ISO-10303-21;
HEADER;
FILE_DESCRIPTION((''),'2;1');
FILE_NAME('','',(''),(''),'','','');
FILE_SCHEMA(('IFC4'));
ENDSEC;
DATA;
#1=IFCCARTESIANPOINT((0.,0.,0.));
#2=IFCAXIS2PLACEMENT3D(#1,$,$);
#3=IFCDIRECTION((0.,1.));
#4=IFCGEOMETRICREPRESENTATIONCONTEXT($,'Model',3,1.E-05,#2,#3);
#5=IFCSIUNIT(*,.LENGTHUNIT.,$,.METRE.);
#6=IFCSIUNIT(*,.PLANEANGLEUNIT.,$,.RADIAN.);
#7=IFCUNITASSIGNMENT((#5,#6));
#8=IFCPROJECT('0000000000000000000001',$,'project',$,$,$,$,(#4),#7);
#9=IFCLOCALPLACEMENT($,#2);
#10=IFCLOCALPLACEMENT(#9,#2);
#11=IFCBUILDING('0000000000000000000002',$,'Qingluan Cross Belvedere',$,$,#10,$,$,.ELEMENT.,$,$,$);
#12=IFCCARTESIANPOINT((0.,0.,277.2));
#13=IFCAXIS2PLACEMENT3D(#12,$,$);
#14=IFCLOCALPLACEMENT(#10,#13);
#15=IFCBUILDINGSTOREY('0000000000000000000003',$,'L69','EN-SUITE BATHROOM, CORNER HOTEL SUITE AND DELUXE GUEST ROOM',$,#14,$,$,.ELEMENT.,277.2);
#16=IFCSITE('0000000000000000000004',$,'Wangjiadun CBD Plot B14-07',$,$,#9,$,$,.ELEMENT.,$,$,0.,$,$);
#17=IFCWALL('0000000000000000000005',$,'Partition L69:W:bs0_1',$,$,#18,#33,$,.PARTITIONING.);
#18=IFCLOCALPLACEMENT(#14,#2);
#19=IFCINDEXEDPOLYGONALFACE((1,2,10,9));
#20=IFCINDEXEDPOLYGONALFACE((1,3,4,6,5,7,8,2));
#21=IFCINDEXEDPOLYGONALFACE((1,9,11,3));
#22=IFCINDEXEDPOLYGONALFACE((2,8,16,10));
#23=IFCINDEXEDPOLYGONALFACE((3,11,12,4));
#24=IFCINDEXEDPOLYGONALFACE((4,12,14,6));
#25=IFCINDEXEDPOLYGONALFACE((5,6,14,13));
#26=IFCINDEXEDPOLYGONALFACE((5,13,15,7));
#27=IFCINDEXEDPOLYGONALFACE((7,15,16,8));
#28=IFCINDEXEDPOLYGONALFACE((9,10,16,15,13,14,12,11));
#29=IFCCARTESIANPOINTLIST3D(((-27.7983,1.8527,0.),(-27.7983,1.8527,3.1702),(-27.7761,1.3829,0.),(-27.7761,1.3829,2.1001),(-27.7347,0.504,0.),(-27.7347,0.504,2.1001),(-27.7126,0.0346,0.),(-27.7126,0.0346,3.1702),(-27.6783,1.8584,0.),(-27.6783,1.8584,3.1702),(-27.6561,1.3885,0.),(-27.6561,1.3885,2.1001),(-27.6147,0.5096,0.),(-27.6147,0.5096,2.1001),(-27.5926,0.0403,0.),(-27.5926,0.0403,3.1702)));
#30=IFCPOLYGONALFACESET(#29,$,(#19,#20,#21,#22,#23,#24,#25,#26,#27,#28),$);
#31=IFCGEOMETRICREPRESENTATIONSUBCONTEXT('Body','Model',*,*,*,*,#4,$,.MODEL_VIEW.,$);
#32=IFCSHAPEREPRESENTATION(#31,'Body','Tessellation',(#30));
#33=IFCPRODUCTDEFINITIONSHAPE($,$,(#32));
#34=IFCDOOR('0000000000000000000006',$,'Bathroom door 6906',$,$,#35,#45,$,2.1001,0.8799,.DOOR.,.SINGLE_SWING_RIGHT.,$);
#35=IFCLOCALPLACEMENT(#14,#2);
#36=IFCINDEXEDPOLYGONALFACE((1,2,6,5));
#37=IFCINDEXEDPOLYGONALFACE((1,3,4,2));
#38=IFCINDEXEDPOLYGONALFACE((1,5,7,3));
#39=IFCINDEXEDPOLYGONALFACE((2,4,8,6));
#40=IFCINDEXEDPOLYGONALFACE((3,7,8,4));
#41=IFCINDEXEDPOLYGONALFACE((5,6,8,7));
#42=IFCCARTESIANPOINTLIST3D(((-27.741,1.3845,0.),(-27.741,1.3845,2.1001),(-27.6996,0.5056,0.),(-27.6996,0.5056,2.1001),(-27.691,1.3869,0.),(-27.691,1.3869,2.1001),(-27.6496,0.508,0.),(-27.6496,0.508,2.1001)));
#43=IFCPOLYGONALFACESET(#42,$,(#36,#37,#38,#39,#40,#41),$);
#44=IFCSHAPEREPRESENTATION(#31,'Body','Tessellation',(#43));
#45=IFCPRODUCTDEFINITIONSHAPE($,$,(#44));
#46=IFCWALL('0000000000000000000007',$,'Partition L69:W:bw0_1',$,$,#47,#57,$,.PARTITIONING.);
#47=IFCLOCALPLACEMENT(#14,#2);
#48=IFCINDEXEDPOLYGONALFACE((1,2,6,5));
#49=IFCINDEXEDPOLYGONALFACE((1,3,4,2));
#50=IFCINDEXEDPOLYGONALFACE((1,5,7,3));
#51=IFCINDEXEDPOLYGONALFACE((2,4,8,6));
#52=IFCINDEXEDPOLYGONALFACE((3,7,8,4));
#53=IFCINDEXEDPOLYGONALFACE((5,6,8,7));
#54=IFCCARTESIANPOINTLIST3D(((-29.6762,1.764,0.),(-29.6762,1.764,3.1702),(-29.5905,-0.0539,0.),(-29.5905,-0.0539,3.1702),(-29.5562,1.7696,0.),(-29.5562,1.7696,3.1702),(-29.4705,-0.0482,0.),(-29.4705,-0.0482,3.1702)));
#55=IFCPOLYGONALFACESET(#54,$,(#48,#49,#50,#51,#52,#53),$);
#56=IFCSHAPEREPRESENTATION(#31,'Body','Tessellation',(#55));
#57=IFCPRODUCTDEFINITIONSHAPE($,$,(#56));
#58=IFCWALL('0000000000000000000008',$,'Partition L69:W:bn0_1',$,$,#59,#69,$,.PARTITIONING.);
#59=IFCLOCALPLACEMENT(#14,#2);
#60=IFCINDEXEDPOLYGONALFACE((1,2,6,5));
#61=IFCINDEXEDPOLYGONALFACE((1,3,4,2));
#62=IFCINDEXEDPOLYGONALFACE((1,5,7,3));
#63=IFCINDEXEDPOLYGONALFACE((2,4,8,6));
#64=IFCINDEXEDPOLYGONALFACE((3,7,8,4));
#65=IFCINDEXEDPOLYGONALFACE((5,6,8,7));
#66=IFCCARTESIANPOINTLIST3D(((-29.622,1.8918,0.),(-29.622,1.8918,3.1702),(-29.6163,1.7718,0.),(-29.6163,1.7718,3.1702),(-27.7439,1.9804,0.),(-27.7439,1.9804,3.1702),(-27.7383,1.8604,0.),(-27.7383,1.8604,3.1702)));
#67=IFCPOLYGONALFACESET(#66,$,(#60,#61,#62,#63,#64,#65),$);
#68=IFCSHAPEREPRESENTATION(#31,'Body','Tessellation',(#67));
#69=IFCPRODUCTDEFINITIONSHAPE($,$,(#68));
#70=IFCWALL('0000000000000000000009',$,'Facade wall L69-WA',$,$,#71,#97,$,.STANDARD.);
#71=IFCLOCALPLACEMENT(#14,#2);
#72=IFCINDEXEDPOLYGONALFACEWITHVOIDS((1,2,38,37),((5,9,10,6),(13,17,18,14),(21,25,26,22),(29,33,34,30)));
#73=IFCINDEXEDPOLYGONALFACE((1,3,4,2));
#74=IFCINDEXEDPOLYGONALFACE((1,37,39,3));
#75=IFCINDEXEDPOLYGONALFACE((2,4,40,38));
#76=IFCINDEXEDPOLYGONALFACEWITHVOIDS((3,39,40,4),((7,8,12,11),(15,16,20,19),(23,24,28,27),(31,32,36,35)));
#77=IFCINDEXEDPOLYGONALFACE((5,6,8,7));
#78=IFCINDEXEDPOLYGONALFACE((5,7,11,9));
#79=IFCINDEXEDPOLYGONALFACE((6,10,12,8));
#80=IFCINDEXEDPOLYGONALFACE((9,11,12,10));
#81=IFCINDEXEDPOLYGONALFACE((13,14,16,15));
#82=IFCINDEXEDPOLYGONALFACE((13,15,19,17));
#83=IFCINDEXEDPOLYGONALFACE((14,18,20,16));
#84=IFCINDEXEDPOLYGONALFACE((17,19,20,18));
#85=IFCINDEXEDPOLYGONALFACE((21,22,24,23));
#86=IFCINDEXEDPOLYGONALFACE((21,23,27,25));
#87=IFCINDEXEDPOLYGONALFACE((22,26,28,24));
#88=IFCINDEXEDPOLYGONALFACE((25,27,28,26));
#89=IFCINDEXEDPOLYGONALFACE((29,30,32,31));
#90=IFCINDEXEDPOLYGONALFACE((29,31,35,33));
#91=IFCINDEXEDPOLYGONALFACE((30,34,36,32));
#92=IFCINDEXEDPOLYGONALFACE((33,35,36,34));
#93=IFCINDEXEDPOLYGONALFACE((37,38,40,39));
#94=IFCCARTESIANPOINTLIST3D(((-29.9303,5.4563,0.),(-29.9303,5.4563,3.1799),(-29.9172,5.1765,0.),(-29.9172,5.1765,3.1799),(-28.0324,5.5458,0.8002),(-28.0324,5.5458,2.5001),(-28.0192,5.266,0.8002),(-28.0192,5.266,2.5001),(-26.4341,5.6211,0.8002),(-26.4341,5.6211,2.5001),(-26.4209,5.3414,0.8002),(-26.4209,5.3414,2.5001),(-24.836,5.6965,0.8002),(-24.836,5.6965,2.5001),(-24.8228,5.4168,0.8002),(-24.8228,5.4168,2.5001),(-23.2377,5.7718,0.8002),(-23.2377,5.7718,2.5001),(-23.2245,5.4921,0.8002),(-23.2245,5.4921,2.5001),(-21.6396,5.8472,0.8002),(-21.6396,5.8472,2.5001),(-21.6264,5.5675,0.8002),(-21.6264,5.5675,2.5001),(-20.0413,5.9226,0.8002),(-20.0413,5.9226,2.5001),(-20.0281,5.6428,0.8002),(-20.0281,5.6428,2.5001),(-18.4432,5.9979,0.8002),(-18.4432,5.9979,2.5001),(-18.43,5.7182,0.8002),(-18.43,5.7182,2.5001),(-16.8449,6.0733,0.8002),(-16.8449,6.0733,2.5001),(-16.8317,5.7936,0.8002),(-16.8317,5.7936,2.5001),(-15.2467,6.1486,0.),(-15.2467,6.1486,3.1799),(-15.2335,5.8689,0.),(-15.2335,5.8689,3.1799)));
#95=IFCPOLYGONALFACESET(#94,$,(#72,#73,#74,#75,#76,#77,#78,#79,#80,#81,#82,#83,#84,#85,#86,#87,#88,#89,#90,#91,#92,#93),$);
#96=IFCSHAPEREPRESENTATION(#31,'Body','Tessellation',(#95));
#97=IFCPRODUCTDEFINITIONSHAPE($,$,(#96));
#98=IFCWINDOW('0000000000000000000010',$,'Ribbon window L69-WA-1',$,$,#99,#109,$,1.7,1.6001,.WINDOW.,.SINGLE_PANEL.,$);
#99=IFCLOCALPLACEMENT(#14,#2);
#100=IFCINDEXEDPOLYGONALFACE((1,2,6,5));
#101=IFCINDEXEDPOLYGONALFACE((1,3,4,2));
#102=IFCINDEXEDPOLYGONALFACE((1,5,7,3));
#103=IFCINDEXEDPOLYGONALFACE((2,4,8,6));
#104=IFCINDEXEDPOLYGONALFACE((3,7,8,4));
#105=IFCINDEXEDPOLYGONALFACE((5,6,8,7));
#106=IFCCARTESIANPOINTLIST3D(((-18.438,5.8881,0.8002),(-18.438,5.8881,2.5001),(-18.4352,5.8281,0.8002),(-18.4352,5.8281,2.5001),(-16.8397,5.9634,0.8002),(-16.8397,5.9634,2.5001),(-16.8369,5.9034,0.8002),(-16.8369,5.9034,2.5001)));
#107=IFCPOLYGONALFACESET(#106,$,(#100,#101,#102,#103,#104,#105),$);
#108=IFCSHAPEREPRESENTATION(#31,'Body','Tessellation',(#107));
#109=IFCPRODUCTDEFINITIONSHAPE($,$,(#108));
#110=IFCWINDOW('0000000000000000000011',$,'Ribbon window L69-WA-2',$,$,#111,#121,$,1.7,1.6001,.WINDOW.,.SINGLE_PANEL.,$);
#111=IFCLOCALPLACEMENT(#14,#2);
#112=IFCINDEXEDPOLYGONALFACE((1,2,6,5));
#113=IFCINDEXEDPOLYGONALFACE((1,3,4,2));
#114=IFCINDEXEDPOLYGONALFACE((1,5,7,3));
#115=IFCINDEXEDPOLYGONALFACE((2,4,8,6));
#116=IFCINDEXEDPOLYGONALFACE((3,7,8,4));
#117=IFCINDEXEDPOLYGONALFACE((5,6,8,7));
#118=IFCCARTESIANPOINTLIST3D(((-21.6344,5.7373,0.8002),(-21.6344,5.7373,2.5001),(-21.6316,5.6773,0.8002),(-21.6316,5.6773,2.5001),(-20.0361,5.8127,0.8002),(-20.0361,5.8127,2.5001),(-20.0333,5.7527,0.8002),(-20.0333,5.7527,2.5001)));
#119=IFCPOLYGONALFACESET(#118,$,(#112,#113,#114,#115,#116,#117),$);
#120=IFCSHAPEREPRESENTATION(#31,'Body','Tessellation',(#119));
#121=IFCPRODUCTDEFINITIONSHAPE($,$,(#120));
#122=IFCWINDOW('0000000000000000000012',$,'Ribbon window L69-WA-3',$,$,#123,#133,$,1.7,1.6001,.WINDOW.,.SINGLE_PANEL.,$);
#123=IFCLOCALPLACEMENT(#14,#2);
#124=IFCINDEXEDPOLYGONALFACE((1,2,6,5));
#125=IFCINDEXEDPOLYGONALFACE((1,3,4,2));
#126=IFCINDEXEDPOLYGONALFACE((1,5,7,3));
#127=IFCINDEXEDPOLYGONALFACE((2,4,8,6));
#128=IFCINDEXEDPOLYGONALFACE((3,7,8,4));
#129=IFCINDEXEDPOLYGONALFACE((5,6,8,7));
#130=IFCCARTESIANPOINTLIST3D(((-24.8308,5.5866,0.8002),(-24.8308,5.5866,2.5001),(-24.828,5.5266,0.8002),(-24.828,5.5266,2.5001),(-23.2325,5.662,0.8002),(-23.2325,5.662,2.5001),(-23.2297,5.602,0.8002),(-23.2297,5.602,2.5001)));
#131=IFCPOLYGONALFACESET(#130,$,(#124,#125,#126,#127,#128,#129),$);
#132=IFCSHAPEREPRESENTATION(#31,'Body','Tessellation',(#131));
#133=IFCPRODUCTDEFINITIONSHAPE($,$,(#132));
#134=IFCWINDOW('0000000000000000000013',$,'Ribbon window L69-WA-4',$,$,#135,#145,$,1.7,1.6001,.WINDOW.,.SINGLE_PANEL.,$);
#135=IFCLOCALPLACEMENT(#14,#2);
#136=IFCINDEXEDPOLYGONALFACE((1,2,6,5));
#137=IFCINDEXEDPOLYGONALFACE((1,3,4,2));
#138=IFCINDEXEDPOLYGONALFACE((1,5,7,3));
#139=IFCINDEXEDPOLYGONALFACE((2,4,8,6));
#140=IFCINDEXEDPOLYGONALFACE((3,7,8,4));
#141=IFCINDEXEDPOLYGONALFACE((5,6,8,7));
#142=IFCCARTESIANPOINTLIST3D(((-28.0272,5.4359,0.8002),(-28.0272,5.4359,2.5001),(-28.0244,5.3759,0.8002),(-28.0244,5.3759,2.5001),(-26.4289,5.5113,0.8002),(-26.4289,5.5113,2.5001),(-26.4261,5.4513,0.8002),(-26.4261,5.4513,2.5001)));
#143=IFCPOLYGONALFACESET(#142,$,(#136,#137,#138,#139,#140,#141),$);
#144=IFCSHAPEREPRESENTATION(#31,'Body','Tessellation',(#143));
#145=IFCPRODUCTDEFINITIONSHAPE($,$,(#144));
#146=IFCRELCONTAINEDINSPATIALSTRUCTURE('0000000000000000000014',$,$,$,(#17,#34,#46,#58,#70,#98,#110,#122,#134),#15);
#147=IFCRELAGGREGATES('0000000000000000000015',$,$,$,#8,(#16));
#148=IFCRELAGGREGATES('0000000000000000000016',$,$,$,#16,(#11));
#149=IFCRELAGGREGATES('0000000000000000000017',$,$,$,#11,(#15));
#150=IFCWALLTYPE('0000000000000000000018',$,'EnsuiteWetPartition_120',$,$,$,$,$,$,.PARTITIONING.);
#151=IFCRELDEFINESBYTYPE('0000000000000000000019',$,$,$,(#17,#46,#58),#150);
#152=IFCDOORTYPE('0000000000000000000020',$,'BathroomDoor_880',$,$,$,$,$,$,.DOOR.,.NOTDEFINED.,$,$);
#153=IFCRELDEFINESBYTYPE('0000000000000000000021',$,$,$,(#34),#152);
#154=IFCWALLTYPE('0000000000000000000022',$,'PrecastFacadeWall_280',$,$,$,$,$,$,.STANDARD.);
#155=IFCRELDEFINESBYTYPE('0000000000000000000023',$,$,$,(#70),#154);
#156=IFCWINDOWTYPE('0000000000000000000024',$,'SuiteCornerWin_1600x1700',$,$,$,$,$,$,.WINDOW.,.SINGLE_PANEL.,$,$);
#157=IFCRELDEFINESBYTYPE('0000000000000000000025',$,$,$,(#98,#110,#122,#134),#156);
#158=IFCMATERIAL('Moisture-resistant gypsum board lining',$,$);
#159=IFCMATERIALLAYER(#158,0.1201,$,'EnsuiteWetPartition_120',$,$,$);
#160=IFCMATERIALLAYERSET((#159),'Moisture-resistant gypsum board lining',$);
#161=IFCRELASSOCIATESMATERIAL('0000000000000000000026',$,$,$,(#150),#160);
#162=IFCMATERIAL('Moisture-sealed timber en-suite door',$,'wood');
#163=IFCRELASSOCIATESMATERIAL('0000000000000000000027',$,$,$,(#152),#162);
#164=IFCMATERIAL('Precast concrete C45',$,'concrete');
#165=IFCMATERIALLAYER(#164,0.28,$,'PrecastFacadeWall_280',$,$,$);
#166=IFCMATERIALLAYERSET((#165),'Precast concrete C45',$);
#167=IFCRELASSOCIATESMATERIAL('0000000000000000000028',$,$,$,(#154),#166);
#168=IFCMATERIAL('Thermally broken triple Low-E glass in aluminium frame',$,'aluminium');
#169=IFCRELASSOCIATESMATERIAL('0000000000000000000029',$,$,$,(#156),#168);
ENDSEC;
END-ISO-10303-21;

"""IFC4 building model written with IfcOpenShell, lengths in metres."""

from ifc_helpers import new_model, si_unit, direction, frame, frame_2d, origin, place, context, subcontext, project, spatial, rectangle, extrude, material, layer, layer_set, type_object, element, fill, save


model = new_model("IFC4")

# Units and contexts
model_context = context("Model", 3, precision=1e-05, world=origin(), true_north=direction((0.0, 1.0)))
body_context = subcontext(model_context, "Body", "Model", "MODEL_VIEW")
ifc_project = project(units=[si_unit("LENGTHUNIT", "METRE"), si_unit("PLANEANGLEUNIT", "RADIAN")], contexts=[model_context])

# Site, building, storey
site_placement = place(None, origin())
site = spatial("IfcSite", under=ifc_project, at=site_placement, Name="Wangjiadun CBD Plot B14-07", CompositionType="ELEMENT", RefElevation=0.0)
building_placement = place(site_placement, origin())
building = spatial("IfcBuilding", under=site, at=building_placement, Name="Qingluan Cross Belvedere", CompositionType="ELEMENT")
storey_placement = place(building_placement, frame((0.0, 0.0, 277.2)))
storey = spatial("IfcBuildingStorey", under=building, at=storey_placement, Name="L69", Description="EN-SUITE BATHROOM, CORNER HOTEL SUITE AND DELUXE GUEST ROOM", CompositionType="ELEMENT", Elevation=277.2)

# Shared definitions
ifc_material_1 = material(Name="Moisture-resistant gypsum board lining")
ifc_layer_1 = layer(ifc_material_1, 0.1201, Name="EnsuiteWetPartition_120")
ifc_layer_set_1 = layer_set([ifc_layer_1], Name="Moisture-resistant gypsum board lining")
wall_type_1 = type_object("IfcWallType", Name="EnsuiteWetPartition_120", PredefinedType="PARTITIONING", material=ifc_layer_set_1)
ifc_material_2 = material(Name="Moisture-sealed timber en-suite door", Category="wood")
door_type_1 = type_object("IfcDoorType", Name="BathroomDoor_880", OperationType="NOTDEFINED", PredefinedType="DOOR", material=ifc_material_2)

# Wall, opening, door
wall_1_placement = place(storey_placement, frame((-27.6526, 0.0374, 0.0), z_axis=(0.0, 0.0, 1.0), x_axis=(-0.047081, 0.998891, 0.0)))
wall_1 = element("IfcWall", 1, at=wall_1_placement, inside=storey, type_object=wall_type_1, Name="Partition L69:W:bs0_1", PredefinedType="PARTITIONING", context=body_context, shape_type="SweptSolid", body=[
    extrude(rectangle(XDim=1.8201, YDim=0.1201, at=frame_2d((0.9102, 0.0))), origin(), (0.0, 0.0, 1.0), 3.1702),
])
opening_1_placement = place(wall_1_placement, frame((0.47, 0.0, 0.0)))
opening_1 = element("IfcOpeningElement", 2, at=opening_1_placement, cuts=wall_1, PredefinedType="OPENING", context=body_context, shape_type="SweptSolid", body=[
    extrude(rectangle(XDim=0.8799, YDim=2.1001, at=frame_2d((0.4399, 1.05))), frame((0.0, 0.0701, 0.0), z_axis=(0.0, -1.0, 0.0), x_axis=(1.0, 0.0, 0.0)), (0.0, 0.0, 1.0), 0.1401),
])
door_1_placement = place(opening_1_placement, origin())
door_1 = element("IfcDoor", 3, at=door_1_placement, inside=storey, type_object=door_type_1, Name="Bathroom door 6906", OperationType="SINGLE_SWING_RIGHT", OverallHeight=2.1001, OverallWidth=0.8799, PredefinedType="DOOR", context=body_context, shape_type="SweptSolid", body=[
    extrude(rectangle(XDim=0.8799, YDim=2.1001, at=frame_2d((0.4399, 1.05))), frame((0.0, 0.0249, 0.0), z_axis=(0.0, -1.0, 0.0), x_axis=(1.0, 0.0, 0.0)), (0.0, 0.0, 1.0), 0.05),
])
fill(opening_1, door_1)

# Walls
wall_2_placement = place(storey_placement, frame((-29.5305, -0.051, 0.0), z_axis=(0.0, 0.0, 1.0), x_axis=(-0.047087, 0.998891, 0.0)))
element("IfcWall", 4, at=wall_2_placement, inside=storey, type_object=wall_type_1, Name="Partition L69:W:bw0_1", PredefinedType="PARTITIONING", context=body_context, shape_type="SweptSolid", body=[
    extrude(rectangle(XDim=1.8198, YDim=0.1201, at=frame_2d((0.9099, 0.0))), origin(), (0.0, 0.0, 1.0), 3.1702),
])
wall_3_placement = place(storey_placement, frame((-27.7412, 1.9204, 0.0), z_axis=(0.0, 0.0, 1.0), x_axis=(-0.998888, -0.047139, 0.0)))
element("IfcWall", 5, at=wall_3_placement, inside=storey, type_object=wall_type_1, Name="Partition L69:W:bn0_1", PredefinedType="PARTITIONING", context=body_context, shape_type="SweptSolid", body=[
    extrude(rectangle(XDim=1.8801, YDim=0.1201, at=frame_2d((0.9399, 0.0))), origin(), (0.0, 0.0, 1.0), 3.1702),
])

# Wall, openings, windows
ifc_material_3 = material(Name="Precast concrete C45", Category="concrete")
ifc_layer_2 = layer(ifc_material_3, 0.28, Name="PrecastFacadeWall_280")
ifc_layer_set_2 = layer_set([ifc_layer_2], Name="Precast concrete C45")
wall_type_2 = type_object("IfcWallType", Name="PrecastFacadeWall_280", PredefinedType="STANDARD", material=ifc_layer_set_2)
wall_4_placement = place(storey_placement, frame((-15.24, 6.0088, 0.0), z_axis=(0.0, 0.0, 1.0), x_axis=(-0.99889, -0.047101, 0.0)))
wall_4 = element("IfcWall", 6, at=wall_4_placement, inside=storey, type_object=wall_type_2, Name="Facade wall L69-WA", PredefinedType="STANDARD", context=body_context, shape_type="SweptSolid", body=[
    extrude(rectangle(XDim=14.7, YDim=0.28, at=frame_2d((7.3501, 0.0))), origin(), (0.0, 0.0, 1.0), 3.1799),
])
opening_2_placement = place(wall_4_placement, frame((1.6001, 0.0, 0.8)))
opening_2 = element("IfcOpeningElement", 7, at=opening_2_placement, cuts=wall_4, PredefinedType="OPENING", context=body_context, shape_type="SweptSolid", body=[
    extrude(rectangle(XDim=1.6001, YDim=1.7, at=frame_2d((0.8, 0.8501))), frame((0.0, 0.1499, 0.0), z_axis=(0.0, -1.0, 0.0), x_axis=(1.0, 0.0, 0.0)), (0.0, 0.0, 1.0), 0.3),
])
opening_3_placement = place(wall_4_placement, frame((4.8, 0.0, 0.8)))
opening_3 = element("IfcOpeningElement", 8, at=opening_3_placement, cuts=wall_4, PredefinedType="OPENING", context=body_context, shape_type="SweptSolid", body=[
    extrude(rectangle(XDim=1.6001, YDim=1.7, at=frame_2d((0.8, 0.8501))), frame((0.0, 0.1499, 0.0), z_axis=(0.0, -1.0, 0.0), x_axis=(1.0, 0.0, 0.0)), (0.0, 0.0, 1.0), 0.3),
])
opening_4_placement = place(wall_4_placement, frame((8.0, 0.0, 0.8)))
opening_4 = element("IfcOpeningElement", 9, at=opening_4_placement, cuts=wall_4, PredefinedType="OPENING", context=body_context, shape_type="SweptSolid", body=[
    extrude(rectangle(XDim=1.6001, YDim=1.7, at=frame_2d((0.8, 0.8501))), frame((0.0, 0.1499, 0.0), z_axis=(0.0, -1.0, 0.0), x_axis=(1.0, 0.0, 0.0)), (0.0, 0.0, 1.0), 0.3),
])
opening_5_placement = place(wall_4_placement, frame((11.2, 0.0, 0.8)))
opening_5 = element("IfcOpeningElement", 10, at=opening_5_placement, cuts=wall_4, PredefinedType="OPENING", context=body_context, shape_type="SweptSolid", body=[
    extrude(rectangle(XDim=1.6001, YDim=1.7, at=frame_2d((0.8, 0.8501))), frame((0.0, 0.1499, 0.0), z_axis=(0.0, -1.0, 0.0), x_axis=(1.0, 0.0, 0.0)), (0.0, 0.0, 1.0), 0.3),
])
ifc_material_4 = material(Name="Thermally broken triple Low-E glass in aluminium frame", Category="aluminium")
window_type_1 = type_object("IfcWindowType", Name="SuiteCornerWin_1600x1700", PartitioningType="SINGLE_PANEL", PredefinedType="WINDOW", material=ifc_material_4)
window_1_placement = place(opening_2_placement, origin())
window_1 = element("IfcWindow", 11, at=window_1_placement, inside=storey, type_object=window_type_1, Name="Ribbon window L69-WA-1", OverallHeight=1.7, OverallWidth=1.6001, PartitioningType="SINGLE_PANEL", PredefinedType="WINDOW", context=body_context, shape_type="SweptSolid", body=[
    extrude(rectangle(XDim=1.6001, YDim=1.7, at=frame_2d((0.8, 0.8501))), frame((0.0, 0.03, 0.0), z_axis=(0.0, -1.0, 0.0), x_axis=(1.0, 0.0, 0.0)), (0.0, 0.0, 1.0), 0.0601),
])
fill(opening_2, window_1)
window_2_placement = place(opening_3_placement, origin())
window_2 = element("IfcWindow", 12, at=window_2_placement, inside=storey, type_object=window_type_1, Name="Ribbon window L69-WA-2", OverallHeight=1.7, OverallWidth=1.6001, PartitioningType="SINGLE_PANEL", PredefinedType="WINDOW", context=body_context, shape_type="SweptSolid", body=[
    extrude(rectangle(XDim=1.6001, YDim=1.7, at=frame_2d((0.8, 0.8501))), frame((0.0, 0.03, 0.0), z_axis=(0.0, -1.0, 0.0), x_axis=(1.0, 0.0, 0.0)), (0.0, 0.0, 1.0), 0.0601),
])
fill(opening_3, window_2)
window_3_placement = place(opening_4_placement, origin())
window_3 = element("IfcWindow", 13, at=window_3_placement, inside=storey, type_object=window_type_1, Name="Ribbon window L69-WA-3", OverallHeight=1.7, OverallWidth=1.6001, PartitioningType="SINGLE_PANEL", PredefinedType="WINDOW", context=body_context, shape_type="SweptSolid", body=[
    extrude(rectangle(XDim=1.6001, YDim=1.7, at=frame_2d((0.8, 0.8501))), frame((0.0, 0.03, 0.0), z_axis=(0.0, -1.0, 0.0), x_axis=(1.0, 0.0, 0.0)), (0.0, 0.0, 1.0), 0.0601),
])
fill(opening_4, window_3)
window_4_placement = place(opening_5_placement, origin())
window_4 = element("IfcWindow", 14, at=window_4_placement, inside=storey, type_object=window_type_1, Name="Ribbon window L69-WA-4", OverallHeight=1.7, OverallWidth=1.6001, PartitioningType="SINGLE_PANEL", PredefinedType="WINDOW", context=body_context, shape_type="SweptSolid", body=[
    extrude(rectangle(XDim=1.6001, YDim=1.7, at=frame_2d((0.8, 0.8501))), frame((0.0, 0.03, 0.0), z_axis=(0.0, -1.0, 0.0), x_axis=(1.0, 0.0, 0.0)), (0.0, 0.0, 1.0), 0.0601),
])
fill(opening_5, window_4)

save(model, "model.ifc")
